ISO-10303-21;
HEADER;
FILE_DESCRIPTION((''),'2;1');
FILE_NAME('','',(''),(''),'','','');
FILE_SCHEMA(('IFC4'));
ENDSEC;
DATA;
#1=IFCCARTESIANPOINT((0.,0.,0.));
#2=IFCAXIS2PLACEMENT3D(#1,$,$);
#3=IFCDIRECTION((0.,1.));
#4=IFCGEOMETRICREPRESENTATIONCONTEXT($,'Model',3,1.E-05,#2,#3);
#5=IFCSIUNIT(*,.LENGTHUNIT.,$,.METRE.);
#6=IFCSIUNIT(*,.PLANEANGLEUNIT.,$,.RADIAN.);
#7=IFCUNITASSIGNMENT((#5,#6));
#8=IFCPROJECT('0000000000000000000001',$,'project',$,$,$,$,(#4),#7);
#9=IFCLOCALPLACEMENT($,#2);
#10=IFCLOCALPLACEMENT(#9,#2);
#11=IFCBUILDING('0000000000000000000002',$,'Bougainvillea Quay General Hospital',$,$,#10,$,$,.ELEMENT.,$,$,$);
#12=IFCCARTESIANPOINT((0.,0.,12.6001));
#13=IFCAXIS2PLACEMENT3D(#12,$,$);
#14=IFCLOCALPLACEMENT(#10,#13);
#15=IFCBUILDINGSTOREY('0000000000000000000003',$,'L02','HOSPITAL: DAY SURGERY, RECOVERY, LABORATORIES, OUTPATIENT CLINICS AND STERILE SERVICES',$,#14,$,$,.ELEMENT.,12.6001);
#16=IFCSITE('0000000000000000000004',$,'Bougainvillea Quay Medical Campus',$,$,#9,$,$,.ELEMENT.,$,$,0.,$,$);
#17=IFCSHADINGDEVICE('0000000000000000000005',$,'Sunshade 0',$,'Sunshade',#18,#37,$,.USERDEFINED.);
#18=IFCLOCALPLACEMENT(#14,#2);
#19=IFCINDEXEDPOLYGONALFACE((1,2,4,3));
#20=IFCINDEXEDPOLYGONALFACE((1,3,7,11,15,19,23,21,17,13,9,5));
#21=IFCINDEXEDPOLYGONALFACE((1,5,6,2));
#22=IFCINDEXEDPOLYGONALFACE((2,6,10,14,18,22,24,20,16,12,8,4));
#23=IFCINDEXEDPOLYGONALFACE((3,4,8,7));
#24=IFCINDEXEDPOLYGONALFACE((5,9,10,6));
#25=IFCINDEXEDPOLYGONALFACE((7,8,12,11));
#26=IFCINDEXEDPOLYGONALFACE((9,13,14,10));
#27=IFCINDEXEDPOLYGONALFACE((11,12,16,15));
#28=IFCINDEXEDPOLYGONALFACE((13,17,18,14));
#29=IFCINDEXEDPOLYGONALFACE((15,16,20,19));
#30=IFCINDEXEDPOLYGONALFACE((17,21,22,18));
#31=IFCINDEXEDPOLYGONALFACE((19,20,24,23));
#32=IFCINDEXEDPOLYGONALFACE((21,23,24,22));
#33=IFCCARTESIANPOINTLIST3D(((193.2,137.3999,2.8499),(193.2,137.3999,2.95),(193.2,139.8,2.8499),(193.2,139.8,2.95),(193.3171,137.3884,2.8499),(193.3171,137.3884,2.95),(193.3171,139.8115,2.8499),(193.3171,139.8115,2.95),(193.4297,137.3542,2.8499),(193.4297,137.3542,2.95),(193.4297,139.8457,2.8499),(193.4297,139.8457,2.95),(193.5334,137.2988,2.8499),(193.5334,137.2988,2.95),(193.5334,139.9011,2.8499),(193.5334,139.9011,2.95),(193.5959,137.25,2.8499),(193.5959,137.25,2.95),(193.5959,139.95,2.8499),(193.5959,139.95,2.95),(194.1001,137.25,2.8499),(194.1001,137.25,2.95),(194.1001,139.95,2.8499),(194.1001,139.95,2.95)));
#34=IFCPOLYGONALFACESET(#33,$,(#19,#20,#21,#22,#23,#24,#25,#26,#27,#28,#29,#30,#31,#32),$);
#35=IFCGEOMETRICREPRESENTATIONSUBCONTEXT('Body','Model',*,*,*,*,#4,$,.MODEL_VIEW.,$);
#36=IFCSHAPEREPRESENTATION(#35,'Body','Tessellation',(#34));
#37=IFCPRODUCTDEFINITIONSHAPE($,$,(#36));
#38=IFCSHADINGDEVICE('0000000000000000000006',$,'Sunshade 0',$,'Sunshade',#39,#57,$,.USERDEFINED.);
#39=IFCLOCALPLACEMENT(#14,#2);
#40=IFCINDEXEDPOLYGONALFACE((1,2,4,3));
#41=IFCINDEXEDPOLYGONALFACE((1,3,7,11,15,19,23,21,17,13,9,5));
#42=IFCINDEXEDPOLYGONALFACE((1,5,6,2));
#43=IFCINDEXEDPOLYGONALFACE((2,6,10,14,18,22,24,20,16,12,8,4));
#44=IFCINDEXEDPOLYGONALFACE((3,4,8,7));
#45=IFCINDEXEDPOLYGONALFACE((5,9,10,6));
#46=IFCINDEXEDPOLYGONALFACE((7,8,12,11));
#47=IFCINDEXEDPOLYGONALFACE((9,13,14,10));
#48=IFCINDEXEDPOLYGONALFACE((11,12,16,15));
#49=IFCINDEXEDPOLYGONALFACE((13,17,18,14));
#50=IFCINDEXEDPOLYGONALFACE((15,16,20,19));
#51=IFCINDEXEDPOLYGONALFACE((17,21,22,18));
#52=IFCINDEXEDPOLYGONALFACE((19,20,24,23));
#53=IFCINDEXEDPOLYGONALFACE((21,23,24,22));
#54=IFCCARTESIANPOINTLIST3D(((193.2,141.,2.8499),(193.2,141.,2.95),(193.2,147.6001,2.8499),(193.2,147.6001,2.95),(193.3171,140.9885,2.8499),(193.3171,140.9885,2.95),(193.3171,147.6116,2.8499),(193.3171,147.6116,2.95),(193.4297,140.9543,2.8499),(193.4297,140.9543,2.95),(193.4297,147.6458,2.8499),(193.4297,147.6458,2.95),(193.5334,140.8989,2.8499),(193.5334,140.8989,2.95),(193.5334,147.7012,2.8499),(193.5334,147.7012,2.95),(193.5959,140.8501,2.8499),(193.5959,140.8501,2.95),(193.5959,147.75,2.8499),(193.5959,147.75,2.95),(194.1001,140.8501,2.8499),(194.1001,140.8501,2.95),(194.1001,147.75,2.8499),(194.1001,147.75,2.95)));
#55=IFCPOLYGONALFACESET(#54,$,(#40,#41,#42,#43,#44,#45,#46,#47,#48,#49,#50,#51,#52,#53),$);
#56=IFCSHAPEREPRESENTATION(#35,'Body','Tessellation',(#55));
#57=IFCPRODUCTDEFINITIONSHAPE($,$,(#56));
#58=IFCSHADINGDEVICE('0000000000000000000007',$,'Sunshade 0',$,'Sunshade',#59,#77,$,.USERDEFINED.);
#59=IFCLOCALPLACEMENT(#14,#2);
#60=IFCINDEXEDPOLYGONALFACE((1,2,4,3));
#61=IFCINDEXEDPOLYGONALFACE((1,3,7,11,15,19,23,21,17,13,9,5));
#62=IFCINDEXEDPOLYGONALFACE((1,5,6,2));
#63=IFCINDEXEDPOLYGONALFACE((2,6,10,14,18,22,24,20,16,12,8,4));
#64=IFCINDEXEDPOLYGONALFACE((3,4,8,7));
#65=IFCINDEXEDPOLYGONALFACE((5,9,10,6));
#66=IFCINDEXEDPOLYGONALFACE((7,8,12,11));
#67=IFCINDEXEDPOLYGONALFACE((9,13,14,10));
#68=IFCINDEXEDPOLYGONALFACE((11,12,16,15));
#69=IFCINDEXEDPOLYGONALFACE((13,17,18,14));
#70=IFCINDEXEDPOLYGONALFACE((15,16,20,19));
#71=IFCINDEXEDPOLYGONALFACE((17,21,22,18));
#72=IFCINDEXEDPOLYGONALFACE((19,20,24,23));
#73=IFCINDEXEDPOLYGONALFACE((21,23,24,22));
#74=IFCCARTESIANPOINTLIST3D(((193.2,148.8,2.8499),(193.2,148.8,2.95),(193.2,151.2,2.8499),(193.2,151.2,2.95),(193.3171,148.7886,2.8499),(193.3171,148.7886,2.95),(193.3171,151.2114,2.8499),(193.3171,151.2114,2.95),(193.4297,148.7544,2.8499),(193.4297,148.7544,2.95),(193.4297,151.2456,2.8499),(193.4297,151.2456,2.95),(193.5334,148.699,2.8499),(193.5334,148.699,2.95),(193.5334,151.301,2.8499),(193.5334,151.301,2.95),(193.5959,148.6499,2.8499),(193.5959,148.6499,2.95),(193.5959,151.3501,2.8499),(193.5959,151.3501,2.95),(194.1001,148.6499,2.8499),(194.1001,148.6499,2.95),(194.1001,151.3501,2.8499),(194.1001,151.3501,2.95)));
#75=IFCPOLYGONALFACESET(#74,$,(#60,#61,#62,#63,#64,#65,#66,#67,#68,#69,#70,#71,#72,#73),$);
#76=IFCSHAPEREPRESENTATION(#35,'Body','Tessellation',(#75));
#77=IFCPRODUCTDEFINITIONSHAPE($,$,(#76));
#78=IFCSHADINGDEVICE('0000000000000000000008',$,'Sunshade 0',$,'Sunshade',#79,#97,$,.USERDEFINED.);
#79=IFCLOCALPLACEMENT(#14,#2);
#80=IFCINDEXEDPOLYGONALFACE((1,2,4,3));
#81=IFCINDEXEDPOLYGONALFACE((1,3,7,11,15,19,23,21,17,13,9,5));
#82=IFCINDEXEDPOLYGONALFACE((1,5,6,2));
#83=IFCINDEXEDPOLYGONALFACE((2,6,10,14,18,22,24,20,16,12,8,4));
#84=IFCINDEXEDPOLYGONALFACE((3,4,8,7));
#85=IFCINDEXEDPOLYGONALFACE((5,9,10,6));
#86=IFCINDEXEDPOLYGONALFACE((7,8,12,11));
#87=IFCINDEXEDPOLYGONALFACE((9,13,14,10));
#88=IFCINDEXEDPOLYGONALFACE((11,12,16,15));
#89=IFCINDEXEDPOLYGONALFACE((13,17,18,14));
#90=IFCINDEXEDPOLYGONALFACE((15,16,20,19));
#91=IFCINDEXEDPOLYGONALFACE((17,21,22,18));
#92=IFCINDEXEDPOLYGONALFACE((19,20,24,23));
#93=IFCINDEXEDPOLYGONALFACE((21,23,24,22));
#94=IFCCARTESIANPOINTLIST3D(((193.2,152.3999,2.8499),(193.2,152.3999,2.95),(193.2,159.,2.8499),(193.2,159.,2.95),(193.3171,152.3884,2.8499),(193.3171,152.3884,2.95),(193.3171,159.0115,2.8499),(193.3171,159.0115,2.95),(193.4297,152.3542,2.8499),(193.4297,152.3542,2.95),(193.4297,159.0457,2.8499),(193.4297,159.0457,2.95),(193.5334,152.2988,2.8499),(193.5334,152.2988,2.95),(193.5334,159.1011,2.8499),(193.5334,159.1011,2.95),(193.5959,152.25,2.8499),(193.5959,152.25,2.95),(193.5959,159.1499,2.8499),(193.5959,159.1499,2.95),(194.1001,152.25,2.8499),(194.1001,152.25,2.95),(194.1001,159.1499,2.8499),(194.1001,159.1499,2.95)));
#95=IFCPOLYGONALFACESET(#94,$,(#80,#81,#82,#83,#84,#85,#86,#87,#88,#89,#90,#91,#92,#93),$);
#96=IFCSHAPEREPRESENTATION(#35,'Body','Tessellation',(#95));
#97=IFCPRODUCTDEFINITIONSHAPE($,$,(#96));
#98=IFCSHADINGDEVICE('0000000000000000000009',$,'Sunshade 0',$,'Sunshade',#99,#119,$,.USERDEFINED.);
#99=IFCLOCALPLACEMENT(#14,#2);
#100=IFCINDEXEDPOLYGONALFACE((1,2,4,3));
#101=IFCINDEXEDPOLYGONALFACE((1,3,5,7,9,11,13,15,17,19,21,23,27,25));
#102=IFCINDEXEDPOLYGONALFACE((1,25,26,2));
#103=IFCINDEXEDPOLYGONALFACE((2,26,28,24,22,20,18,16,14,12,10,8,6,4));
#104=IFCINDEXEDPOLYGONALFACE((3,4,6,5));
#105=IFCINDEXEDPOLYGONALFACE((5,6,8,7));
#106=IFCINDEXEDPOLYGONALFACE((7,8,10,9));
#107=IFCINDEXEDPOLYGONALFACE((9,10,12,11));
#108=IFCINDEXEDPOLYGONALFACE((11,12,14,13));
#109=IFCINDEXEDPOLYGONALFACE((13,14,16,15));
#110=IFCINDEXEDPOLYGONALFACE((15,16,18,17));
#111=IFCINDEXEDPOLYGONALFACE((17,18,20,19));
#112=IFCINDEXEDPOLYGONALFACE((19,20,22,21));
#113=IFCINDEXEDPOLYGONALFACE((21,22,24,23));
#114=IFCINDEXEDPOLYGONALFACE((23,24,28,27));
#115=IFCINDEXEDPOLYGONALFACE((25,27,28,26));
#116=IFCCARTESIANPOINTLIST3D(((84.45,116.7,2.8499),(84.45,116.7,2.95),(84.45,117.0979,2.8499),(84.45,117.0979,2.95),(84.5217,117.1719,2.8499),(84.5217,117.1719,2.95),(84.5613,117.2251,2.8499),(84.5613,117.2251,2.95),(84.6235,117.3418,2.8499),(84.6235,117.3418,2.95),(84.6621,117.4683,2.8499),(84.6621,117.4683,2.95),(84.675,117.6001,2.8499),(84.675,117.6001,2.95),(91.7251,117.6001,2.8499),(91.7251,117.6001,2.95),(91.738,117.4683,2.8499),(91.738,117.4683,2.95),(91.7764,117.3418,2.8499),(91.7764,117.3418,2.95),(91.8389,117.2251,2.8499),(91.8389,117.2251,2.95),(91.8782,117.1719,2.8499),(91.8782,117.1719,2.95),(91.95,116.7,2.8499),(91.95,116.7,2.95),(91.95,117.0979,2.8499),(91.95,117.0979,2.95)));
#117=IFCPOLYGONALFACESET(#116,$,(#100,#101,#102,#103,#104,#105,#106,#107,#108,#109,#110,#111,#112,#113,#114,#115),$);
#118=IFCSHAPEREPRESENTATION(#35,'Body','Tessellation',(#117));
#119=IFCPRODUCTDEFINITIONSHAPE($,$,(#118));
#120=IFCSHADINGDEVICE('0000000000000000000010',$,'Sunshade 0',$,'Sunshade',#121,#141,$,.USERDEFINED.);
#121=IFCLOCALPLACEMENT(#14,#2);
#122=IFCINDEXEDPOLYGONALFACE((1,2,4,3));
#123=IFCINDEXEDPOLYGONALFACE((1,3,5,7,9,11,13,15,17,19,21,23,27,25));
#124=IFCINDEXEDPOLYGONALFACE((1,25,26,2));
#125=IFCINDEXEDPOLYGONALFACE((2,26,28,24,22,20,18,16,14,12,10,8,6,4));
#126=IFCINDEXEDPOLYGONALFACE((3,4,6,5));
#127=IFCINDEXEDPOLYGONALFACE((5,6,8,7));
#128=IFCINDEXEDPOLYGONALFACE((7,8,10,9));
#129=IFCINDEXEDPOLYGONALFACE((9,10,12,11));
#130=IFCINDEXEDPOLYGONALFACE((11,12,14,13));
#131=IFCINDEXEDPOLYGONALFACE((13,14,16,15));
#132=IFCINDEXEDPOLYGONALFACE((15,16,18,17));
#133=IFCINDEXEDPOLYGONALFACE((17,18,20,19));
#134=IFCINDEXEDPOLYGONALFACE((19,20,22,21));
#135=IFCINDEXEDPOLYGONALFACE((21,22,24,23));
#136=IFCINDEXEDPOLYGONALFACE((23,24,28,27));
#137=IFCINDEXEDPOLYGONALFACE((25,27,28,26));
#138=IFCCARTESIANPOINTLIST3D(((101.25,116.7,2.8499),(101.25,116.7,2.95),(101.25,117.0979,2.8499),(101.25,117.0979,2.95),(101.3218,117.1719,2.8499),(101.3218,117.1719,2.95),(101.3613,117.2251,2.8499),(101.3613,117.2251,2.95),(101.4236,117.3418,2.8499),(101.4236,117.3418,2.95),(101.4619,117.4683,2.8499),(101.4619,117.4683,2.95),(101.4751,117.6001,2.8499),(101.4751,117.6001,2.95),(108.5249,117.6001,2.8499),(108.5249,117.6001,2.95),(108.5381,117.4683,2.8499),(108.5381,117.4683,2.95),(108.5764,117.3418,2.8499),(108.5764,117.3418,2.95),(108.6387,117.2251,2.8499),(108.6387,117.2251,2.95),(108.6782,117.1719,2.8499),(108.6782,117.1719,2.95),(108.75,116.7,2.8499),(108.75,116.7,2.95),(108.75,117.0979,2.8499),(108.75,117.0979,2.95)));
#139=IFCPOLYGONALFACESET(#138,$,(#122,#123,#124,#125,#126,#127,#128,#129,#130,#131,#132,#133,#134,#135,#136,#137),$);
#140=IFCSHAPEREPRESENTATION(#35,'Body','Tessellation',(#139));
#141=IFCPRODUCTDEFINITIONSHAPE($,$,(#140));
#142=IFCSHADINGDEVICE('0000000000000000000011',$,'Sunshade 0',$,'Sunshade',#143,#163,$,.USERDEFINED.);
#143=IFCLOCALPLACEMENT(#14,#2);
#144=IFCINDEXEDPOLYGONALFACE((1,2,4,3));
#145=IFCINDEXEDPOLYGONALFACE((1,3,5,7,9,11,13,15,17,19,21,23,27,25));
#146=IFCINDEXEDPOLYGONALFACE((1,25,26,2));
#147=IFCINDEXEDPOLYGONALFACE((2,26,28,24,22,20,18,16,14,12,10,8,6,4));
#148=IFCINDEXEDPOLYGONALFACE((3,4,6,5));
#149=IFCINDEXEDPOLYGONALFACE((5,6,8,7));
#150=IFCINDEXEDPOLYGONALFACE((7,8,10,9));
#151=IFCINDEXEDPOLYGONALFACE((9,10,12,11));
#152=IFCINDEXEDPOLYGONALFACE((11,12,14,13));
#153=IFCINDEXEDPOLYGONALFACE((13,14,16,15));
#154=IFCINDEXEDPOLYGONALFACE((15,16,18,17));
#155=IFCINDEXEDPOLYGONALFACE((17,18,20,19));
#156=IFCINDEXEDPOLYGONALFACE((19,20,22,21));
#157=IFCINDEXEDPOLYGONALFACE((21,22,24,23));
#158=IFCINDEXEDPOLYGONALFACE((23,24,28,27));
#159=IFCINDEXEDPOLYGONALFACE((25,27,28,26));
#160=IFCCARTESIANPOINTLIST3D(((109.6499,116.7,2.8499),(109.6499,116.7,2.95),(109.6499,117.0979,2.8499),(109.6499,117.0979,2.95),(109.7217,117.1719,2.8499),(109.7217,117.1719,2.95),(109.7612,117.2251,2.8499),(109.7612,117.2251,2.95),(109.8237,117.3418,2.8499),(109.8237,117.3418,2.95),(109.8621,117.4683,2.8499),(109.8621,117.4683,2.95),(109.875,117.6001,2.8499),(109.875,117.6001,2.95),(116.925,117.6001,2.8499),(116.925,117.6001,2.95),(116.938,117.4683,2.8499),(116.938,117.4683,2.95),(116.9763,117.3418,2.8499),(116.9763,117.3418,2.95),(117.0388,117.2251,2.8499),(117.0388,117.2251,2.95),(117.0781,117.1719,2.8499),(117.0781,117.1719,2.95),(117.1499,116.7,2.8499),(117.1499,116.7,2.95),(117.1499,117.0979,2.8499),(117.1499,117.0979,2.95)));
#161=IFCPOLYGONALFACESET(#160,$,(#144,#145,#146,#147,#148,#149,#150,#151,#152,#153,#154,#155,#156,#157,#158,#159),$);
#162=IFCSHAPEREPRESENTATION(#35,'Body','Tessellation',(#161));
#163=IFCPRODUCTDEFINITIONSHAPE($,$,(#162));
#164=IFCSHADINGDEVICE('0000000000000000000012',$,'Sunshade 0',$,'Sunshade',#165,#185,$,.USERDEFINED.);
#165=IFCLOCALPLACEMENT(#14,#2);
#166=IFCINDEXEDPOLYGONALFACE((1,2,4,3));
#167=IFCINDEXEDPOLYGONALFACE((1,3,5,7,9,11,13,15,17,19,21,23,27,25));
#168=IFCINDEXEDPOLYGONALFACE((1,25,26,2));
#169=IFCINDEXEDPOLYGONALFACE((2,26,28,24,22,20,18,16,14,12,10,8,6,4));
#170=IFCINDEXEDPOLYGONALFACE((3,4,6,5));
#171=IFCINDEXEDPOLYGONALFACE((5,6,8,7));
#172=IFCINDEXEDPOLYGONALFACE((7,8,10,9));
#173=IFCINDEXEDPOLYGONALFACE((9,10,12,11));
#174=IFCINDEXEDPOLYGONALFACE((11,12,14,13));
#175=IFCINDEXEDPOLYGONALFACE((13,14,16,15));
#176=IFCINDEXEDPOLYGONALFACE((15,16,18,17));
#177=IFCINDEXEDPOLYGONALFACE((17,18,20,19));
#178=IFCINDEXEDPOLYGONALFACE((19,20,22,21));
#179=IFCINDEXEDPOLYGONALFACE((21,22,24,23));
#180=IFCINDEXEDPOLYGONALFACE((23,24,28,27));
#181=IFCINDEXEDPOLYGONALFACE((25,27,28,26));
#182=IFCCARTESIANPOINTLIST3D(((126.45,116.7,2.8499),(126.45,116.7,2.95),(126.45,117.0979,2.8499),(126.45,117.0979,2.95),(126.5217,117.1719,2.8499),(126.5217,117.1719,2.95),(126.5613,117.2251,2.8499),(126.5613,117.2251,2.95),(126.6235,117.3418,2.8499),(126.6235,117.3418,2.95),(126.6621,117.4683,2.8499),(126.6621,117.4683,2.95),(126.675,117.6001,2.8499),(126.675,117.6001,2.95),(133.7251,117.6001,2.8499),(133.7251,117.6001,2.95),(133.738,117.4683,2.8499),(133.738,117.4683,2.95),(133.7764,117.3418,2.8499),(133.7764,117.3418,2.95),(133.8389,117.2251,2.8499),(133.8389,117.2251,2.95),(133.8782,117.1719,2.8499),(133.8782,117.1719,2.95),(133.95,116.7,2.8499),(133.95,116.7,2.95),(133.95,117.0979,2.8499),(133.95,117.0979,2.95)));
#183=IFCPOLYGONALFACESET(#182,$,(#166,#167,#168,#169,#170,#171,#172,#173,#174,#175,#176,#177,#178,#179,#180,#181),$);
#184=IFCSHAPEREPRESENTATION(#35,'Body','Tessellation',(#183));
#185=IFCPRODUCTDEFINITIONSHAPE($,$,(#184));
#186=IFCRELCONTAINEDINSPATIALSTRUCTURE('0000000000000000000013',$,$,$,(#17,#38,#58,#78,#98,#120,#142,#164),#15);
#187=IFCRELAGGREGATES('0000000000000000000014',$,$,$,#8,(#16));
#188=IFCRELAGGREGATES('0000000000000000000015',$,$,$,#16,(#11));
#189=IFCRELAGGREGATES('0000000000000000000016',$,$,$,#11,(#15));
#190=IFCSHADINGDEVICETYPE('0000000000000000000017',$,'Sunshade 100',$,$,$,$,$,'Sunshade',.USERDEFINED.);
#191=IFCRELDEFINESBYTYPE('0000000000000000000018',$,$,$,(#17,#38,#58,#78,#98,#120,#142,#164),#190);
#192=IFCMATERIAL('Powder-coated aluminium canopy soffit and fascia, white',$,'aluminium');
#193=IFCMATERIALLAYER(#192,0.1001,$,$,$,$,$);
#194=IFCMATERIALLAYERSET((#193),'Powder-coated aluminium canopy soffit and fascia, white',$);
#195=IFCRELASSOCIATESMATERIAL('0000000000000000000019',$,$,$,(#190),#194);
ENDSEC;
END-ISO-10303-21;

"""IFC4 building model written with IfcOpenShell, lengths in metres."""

from ifc_helpers import new_model, si_unit, direction, frame, origin, place, context, subcontext, project, spatial, polyline, outline, extrude, material, layer, layer_set, type_object, element, save


model = new_model("IFC4")

# Units and contexts
model_context = context("Model", 3, precision=1e-05, world=origin(), true_north=direction((0.0, 1.0)))
body_context = subcontext(model_context, "Body", "Model", "MODEL_VIEW")
ifc_project = project(units=[si_unit("LENGTHUNIT", "METRE"), si_unit("PLANEANGLEUNIT", "RADIAN")], contexts=[model_context])

# Site, building, storey
site_placement = place(None, origin())
site = spatial("IfcSite", under=ifc_project, at=site_placement, Name="Bougainvillea Quay Medical Campus", CompositionType="ELEMENT", RefElevation=0.0)
building_placement = place(site_placement, origin())
building = spatial("IfcBuilding", under=site, at=building_placement, Name="Bougainvillea Quay General Hospital", CompositionType="ELEMENT")
storey_placement = place(building_placement, frame((0.0, 0.0, 12.6001)))
storey = spatial("IfcBuildingStorey", under=building, at=storey_placement, Name="L02", Description="HOSPITAL: DAY SURGERY, RECOVERY, LABORATORIES, OUTPATIENT CLINICS AND STERILE SERVICES", CompositionType="ELEMENT", Elevation=12.6001)

# Shading devices
ifc_material_1 = material(Name="Powder-coated aluminium canopy soffit and fascia, white", Category="aluminium")
ifc_layer_1 = layer(ifc_material_1, 0.1001)
ifc_layer_set_1 = layer_set([ifc_layer_1], Name="Powder-coated aluminium canopy soffit and fascia, white")
shading_device_type = type_object("IfcShadingDeviceType", Name="Sunshade 100", ElementType="Sunshade", PredefinedType="USERDEFINED", material=ifc_layer_set_1)
shading_device_1_placement = place(storey_placement, frame((0.0, 0.0, 2.8499)))
element("IfcShadingDevice", 1, at=shading_device_1_placement, inside=storey, type_object=shading_device_type, Name="Sunshade 0", ObjectType="Sunshade", PredefinedType="USERDEFINED", context=body_context, shape_type="SweptSolid", body=[
    extrude(outline(polyline([(193.2, 139.8), (193.2, 137.3999), (193.3171, 137.3884), (193.4297, 137.3542), (193.5334, 137.2988), (193.5959, 137.25), (194.1001, 137.25), (194.1001, 139.95), (193.5959, 139.95), (193.5334, 139.9011), (193.4297, 139.8457), (193.3171, 139.8115), (193.2, 139.8)])), origin(), (0.0, 0.0, 1.0), 0.1001),
])
shading_device_2_placement = place(storey_placement, frame((0.0, 0.0, 2.8499)))
element("IfcShadingDevice", 2, at=shading_device_2_placement, inside=storey, type_object=shading_device_type, Name="Sunshade 0", ObjectType="Sunshade", PredefinedType="USERDEFINED", context=body_context, shape_type="SweptSolid", body=[
    extrude(outline(polyline([(193.2, 147.6001), (193.2, 141.0), (193.3171, 140.9885), (193.4297, 140.9543), (193.5334, 140.8989), (193.5959, 140.8501), (194.1001, 140.8501), (194.1001, 147.75), (193.5959, 147.75), (193.5334, 147.7012), (193.4297, 147.6458), (193.3171, 147.6116), (193.2, 147.6001)])), origin(), (0.0, 0.0, 1.0), 0.1001),
])
shading_device_3_placement = place(storey_placement, frame((0.0, 0.0, 2.8499)))
element("IfcShadingDevice", 3, at=shading_device_3_placement, inside=storey, type_object=shading_device_type, Name="Sunshade 0", ObjectType="Sunshade", PredefinedType="USERDEFINED", context=body_context, shape_type="SweptSolid", body=[
    extrude(outline(polyline([(193.2, 151.2), (193.2, 148.8), (193.3171, 148.7886), (193.4297, 148.7544), (193.5334, 148.699), (193.5959, 148.6499), (194.1001, 148.6499), (194.1001, 151.3501), (193.5959, 151.3501), (193.5334, 151.301), (193.4297, 151.2456), (193.3171, 151.2114), (193.2, 151.2)])), origin(), (0.0, 0.0, 1.0), 0.1001),
])
shading_device_4_placement = place(storey_placement, frame((0.0, 0.0, 2.8499)))
element("IfcShadingDevice", 4, at=shading_device_4_placement, inside=storey, type_object=shading_device_type, Name="Sunshade 0", ObjectType="Sunshade", PredefinedType="USERDEFINED", context=body_context, shape_type="SweptSolid", body=[
    extrude(outline(polyline([(193.2, 159.0), (193.2, 152.3999), (193.3171, 152.3884), (193.4297, 152.3542), (193.5334, 152.2988), (193.5959, 152.25), (194.1001, 152.25), (194.1001, 159.1499), (193.5959, 159.1499), (193.5334, 159.1011), (193.4297, 159.0457), (193.3171, 159.0115), (193.2, 159.0)])), origin(), (0.0, 0.0, 1.0), 0.1001),
])
shading_device_5_placement = place(storey_placement, frame((0.0, 0.0, 2.8499)))
element("IfcShadingDevice", 5, at=shading_device_5_placement, inside=storey, type_object=shading_device_type, Name="Sunshade 0", ObjectType="Sunshade", PredefinedType="USERDEFINED", context=body_context, shape_type="SweptSolid", body=[
    extrude(outline(polyline([(91.7251, 117.6001), (84.675, 117.6001), (84.6621, 117.4683), (84.6235, 117.3418), (84.5613, 117.2251), (84.5217, 117.1719), (84.45, 117.0979), (84.45, 116.7), (91.95, 116.7), (91.95, 117.0979), (91.8782, 117.1719), (91.8389, 117.2251), (91.7764, 117.3418), (91.738, 117.4683), (91.7251, 117.6001)])), origin(), (0.0, 0.0, 1.0), 0.1001),
])
shading_device_6_placement = place(storey_placement, frame((0.0, 0.0, 2.8499)))
element("IfcShadingDevice", 6, at=shading_device_6_placement, inside=storey, type_object=shading_device_type, Name="Sunshade 0", ObjectType="Sunshade", PredefinedType="USERDEFINED", context=body_context, shape_type="SweptSolid", body=[
    extrude(outline(polyline([(108.5249, 117.6001), (101.4751, 117.6001), (101.4619, 117.4683), (101.4236, 117.3418), (101.3613, 117.2251), (101.3218, 117.1719), (101.25, 117.0979), (101.25, 116.7), (108.75, 116.7), (108.75, 117.0979), (108.6782, 117.1719), (108.6387, 117.2251), (108.5764, 117.3418), (108.5381, 117.4683), (108.5249, 117.6001)])), origin(), (0.0, 0.0, 1.0), 0.1001),
])
shading_device_7_placement = place(storey_placement, frame((0.0, 0.0, 2.8499)))
element("IfcShadingDevice", 7, at=shading_device_7_placement, inside=storey, type_object=shading_device_type, Name="Sunshade 0", ObjectType="Sunshade", PredefinedType="USERDEFINED", context=body_context, shape_type="SweptSolid", body=[
    extrude(outline(polyline([(116.925, 117.6001), (109.875, 117.6001), (109.8621, 117.4683), (109.8237, 117.3418), (109.7612, 117.2251), (109.7217, 117.1719), (109.6499, 117.0979), (109.6499, 116.7), (117.1499, 116.7), (117.1499, 117.0979), (117.0781, 117.1719), (117.0388, 117.2251), (116.9763, 117.3418), (116.938, 117.4683), (116.925, 117.6001)])), origin(), (0.0, 0.0, 1.0), 0.1001),
])
shading_device_8_placement = place(storey_placement, frame((0.0, 0.0, 2.8499)))
element("IfcShadingDevice", 8, at=shading_device_8_placement, inside=storey, type_object=shading_device_type, Name="Sunshade 0", ObjectType="Sunshade", PredefinedType="USERDEFINED", context=body_context, shape_type="SweptSolid", body=[
    extrude(outline(polyline([(133.7251, 117.6001), (126.675, 117.6001), (126.6621, 117.4683), (126.6235, 117.3418), (126.5613, 117.2251), (126.5217, 117.1719), (126.45, 117.0979), (126.45, 116.7), (133.95, 116.7), (133.95, 117.0979), (133.8782, 117.1719), (133.8389, 117.2251), (133.7764, 117.3418), (133.738, 117.4683), (133.7251, 117.6001)])), origin(), (0.0, 0.0, 1.0), 0.1001),
])

save(model, "model.ifc")
